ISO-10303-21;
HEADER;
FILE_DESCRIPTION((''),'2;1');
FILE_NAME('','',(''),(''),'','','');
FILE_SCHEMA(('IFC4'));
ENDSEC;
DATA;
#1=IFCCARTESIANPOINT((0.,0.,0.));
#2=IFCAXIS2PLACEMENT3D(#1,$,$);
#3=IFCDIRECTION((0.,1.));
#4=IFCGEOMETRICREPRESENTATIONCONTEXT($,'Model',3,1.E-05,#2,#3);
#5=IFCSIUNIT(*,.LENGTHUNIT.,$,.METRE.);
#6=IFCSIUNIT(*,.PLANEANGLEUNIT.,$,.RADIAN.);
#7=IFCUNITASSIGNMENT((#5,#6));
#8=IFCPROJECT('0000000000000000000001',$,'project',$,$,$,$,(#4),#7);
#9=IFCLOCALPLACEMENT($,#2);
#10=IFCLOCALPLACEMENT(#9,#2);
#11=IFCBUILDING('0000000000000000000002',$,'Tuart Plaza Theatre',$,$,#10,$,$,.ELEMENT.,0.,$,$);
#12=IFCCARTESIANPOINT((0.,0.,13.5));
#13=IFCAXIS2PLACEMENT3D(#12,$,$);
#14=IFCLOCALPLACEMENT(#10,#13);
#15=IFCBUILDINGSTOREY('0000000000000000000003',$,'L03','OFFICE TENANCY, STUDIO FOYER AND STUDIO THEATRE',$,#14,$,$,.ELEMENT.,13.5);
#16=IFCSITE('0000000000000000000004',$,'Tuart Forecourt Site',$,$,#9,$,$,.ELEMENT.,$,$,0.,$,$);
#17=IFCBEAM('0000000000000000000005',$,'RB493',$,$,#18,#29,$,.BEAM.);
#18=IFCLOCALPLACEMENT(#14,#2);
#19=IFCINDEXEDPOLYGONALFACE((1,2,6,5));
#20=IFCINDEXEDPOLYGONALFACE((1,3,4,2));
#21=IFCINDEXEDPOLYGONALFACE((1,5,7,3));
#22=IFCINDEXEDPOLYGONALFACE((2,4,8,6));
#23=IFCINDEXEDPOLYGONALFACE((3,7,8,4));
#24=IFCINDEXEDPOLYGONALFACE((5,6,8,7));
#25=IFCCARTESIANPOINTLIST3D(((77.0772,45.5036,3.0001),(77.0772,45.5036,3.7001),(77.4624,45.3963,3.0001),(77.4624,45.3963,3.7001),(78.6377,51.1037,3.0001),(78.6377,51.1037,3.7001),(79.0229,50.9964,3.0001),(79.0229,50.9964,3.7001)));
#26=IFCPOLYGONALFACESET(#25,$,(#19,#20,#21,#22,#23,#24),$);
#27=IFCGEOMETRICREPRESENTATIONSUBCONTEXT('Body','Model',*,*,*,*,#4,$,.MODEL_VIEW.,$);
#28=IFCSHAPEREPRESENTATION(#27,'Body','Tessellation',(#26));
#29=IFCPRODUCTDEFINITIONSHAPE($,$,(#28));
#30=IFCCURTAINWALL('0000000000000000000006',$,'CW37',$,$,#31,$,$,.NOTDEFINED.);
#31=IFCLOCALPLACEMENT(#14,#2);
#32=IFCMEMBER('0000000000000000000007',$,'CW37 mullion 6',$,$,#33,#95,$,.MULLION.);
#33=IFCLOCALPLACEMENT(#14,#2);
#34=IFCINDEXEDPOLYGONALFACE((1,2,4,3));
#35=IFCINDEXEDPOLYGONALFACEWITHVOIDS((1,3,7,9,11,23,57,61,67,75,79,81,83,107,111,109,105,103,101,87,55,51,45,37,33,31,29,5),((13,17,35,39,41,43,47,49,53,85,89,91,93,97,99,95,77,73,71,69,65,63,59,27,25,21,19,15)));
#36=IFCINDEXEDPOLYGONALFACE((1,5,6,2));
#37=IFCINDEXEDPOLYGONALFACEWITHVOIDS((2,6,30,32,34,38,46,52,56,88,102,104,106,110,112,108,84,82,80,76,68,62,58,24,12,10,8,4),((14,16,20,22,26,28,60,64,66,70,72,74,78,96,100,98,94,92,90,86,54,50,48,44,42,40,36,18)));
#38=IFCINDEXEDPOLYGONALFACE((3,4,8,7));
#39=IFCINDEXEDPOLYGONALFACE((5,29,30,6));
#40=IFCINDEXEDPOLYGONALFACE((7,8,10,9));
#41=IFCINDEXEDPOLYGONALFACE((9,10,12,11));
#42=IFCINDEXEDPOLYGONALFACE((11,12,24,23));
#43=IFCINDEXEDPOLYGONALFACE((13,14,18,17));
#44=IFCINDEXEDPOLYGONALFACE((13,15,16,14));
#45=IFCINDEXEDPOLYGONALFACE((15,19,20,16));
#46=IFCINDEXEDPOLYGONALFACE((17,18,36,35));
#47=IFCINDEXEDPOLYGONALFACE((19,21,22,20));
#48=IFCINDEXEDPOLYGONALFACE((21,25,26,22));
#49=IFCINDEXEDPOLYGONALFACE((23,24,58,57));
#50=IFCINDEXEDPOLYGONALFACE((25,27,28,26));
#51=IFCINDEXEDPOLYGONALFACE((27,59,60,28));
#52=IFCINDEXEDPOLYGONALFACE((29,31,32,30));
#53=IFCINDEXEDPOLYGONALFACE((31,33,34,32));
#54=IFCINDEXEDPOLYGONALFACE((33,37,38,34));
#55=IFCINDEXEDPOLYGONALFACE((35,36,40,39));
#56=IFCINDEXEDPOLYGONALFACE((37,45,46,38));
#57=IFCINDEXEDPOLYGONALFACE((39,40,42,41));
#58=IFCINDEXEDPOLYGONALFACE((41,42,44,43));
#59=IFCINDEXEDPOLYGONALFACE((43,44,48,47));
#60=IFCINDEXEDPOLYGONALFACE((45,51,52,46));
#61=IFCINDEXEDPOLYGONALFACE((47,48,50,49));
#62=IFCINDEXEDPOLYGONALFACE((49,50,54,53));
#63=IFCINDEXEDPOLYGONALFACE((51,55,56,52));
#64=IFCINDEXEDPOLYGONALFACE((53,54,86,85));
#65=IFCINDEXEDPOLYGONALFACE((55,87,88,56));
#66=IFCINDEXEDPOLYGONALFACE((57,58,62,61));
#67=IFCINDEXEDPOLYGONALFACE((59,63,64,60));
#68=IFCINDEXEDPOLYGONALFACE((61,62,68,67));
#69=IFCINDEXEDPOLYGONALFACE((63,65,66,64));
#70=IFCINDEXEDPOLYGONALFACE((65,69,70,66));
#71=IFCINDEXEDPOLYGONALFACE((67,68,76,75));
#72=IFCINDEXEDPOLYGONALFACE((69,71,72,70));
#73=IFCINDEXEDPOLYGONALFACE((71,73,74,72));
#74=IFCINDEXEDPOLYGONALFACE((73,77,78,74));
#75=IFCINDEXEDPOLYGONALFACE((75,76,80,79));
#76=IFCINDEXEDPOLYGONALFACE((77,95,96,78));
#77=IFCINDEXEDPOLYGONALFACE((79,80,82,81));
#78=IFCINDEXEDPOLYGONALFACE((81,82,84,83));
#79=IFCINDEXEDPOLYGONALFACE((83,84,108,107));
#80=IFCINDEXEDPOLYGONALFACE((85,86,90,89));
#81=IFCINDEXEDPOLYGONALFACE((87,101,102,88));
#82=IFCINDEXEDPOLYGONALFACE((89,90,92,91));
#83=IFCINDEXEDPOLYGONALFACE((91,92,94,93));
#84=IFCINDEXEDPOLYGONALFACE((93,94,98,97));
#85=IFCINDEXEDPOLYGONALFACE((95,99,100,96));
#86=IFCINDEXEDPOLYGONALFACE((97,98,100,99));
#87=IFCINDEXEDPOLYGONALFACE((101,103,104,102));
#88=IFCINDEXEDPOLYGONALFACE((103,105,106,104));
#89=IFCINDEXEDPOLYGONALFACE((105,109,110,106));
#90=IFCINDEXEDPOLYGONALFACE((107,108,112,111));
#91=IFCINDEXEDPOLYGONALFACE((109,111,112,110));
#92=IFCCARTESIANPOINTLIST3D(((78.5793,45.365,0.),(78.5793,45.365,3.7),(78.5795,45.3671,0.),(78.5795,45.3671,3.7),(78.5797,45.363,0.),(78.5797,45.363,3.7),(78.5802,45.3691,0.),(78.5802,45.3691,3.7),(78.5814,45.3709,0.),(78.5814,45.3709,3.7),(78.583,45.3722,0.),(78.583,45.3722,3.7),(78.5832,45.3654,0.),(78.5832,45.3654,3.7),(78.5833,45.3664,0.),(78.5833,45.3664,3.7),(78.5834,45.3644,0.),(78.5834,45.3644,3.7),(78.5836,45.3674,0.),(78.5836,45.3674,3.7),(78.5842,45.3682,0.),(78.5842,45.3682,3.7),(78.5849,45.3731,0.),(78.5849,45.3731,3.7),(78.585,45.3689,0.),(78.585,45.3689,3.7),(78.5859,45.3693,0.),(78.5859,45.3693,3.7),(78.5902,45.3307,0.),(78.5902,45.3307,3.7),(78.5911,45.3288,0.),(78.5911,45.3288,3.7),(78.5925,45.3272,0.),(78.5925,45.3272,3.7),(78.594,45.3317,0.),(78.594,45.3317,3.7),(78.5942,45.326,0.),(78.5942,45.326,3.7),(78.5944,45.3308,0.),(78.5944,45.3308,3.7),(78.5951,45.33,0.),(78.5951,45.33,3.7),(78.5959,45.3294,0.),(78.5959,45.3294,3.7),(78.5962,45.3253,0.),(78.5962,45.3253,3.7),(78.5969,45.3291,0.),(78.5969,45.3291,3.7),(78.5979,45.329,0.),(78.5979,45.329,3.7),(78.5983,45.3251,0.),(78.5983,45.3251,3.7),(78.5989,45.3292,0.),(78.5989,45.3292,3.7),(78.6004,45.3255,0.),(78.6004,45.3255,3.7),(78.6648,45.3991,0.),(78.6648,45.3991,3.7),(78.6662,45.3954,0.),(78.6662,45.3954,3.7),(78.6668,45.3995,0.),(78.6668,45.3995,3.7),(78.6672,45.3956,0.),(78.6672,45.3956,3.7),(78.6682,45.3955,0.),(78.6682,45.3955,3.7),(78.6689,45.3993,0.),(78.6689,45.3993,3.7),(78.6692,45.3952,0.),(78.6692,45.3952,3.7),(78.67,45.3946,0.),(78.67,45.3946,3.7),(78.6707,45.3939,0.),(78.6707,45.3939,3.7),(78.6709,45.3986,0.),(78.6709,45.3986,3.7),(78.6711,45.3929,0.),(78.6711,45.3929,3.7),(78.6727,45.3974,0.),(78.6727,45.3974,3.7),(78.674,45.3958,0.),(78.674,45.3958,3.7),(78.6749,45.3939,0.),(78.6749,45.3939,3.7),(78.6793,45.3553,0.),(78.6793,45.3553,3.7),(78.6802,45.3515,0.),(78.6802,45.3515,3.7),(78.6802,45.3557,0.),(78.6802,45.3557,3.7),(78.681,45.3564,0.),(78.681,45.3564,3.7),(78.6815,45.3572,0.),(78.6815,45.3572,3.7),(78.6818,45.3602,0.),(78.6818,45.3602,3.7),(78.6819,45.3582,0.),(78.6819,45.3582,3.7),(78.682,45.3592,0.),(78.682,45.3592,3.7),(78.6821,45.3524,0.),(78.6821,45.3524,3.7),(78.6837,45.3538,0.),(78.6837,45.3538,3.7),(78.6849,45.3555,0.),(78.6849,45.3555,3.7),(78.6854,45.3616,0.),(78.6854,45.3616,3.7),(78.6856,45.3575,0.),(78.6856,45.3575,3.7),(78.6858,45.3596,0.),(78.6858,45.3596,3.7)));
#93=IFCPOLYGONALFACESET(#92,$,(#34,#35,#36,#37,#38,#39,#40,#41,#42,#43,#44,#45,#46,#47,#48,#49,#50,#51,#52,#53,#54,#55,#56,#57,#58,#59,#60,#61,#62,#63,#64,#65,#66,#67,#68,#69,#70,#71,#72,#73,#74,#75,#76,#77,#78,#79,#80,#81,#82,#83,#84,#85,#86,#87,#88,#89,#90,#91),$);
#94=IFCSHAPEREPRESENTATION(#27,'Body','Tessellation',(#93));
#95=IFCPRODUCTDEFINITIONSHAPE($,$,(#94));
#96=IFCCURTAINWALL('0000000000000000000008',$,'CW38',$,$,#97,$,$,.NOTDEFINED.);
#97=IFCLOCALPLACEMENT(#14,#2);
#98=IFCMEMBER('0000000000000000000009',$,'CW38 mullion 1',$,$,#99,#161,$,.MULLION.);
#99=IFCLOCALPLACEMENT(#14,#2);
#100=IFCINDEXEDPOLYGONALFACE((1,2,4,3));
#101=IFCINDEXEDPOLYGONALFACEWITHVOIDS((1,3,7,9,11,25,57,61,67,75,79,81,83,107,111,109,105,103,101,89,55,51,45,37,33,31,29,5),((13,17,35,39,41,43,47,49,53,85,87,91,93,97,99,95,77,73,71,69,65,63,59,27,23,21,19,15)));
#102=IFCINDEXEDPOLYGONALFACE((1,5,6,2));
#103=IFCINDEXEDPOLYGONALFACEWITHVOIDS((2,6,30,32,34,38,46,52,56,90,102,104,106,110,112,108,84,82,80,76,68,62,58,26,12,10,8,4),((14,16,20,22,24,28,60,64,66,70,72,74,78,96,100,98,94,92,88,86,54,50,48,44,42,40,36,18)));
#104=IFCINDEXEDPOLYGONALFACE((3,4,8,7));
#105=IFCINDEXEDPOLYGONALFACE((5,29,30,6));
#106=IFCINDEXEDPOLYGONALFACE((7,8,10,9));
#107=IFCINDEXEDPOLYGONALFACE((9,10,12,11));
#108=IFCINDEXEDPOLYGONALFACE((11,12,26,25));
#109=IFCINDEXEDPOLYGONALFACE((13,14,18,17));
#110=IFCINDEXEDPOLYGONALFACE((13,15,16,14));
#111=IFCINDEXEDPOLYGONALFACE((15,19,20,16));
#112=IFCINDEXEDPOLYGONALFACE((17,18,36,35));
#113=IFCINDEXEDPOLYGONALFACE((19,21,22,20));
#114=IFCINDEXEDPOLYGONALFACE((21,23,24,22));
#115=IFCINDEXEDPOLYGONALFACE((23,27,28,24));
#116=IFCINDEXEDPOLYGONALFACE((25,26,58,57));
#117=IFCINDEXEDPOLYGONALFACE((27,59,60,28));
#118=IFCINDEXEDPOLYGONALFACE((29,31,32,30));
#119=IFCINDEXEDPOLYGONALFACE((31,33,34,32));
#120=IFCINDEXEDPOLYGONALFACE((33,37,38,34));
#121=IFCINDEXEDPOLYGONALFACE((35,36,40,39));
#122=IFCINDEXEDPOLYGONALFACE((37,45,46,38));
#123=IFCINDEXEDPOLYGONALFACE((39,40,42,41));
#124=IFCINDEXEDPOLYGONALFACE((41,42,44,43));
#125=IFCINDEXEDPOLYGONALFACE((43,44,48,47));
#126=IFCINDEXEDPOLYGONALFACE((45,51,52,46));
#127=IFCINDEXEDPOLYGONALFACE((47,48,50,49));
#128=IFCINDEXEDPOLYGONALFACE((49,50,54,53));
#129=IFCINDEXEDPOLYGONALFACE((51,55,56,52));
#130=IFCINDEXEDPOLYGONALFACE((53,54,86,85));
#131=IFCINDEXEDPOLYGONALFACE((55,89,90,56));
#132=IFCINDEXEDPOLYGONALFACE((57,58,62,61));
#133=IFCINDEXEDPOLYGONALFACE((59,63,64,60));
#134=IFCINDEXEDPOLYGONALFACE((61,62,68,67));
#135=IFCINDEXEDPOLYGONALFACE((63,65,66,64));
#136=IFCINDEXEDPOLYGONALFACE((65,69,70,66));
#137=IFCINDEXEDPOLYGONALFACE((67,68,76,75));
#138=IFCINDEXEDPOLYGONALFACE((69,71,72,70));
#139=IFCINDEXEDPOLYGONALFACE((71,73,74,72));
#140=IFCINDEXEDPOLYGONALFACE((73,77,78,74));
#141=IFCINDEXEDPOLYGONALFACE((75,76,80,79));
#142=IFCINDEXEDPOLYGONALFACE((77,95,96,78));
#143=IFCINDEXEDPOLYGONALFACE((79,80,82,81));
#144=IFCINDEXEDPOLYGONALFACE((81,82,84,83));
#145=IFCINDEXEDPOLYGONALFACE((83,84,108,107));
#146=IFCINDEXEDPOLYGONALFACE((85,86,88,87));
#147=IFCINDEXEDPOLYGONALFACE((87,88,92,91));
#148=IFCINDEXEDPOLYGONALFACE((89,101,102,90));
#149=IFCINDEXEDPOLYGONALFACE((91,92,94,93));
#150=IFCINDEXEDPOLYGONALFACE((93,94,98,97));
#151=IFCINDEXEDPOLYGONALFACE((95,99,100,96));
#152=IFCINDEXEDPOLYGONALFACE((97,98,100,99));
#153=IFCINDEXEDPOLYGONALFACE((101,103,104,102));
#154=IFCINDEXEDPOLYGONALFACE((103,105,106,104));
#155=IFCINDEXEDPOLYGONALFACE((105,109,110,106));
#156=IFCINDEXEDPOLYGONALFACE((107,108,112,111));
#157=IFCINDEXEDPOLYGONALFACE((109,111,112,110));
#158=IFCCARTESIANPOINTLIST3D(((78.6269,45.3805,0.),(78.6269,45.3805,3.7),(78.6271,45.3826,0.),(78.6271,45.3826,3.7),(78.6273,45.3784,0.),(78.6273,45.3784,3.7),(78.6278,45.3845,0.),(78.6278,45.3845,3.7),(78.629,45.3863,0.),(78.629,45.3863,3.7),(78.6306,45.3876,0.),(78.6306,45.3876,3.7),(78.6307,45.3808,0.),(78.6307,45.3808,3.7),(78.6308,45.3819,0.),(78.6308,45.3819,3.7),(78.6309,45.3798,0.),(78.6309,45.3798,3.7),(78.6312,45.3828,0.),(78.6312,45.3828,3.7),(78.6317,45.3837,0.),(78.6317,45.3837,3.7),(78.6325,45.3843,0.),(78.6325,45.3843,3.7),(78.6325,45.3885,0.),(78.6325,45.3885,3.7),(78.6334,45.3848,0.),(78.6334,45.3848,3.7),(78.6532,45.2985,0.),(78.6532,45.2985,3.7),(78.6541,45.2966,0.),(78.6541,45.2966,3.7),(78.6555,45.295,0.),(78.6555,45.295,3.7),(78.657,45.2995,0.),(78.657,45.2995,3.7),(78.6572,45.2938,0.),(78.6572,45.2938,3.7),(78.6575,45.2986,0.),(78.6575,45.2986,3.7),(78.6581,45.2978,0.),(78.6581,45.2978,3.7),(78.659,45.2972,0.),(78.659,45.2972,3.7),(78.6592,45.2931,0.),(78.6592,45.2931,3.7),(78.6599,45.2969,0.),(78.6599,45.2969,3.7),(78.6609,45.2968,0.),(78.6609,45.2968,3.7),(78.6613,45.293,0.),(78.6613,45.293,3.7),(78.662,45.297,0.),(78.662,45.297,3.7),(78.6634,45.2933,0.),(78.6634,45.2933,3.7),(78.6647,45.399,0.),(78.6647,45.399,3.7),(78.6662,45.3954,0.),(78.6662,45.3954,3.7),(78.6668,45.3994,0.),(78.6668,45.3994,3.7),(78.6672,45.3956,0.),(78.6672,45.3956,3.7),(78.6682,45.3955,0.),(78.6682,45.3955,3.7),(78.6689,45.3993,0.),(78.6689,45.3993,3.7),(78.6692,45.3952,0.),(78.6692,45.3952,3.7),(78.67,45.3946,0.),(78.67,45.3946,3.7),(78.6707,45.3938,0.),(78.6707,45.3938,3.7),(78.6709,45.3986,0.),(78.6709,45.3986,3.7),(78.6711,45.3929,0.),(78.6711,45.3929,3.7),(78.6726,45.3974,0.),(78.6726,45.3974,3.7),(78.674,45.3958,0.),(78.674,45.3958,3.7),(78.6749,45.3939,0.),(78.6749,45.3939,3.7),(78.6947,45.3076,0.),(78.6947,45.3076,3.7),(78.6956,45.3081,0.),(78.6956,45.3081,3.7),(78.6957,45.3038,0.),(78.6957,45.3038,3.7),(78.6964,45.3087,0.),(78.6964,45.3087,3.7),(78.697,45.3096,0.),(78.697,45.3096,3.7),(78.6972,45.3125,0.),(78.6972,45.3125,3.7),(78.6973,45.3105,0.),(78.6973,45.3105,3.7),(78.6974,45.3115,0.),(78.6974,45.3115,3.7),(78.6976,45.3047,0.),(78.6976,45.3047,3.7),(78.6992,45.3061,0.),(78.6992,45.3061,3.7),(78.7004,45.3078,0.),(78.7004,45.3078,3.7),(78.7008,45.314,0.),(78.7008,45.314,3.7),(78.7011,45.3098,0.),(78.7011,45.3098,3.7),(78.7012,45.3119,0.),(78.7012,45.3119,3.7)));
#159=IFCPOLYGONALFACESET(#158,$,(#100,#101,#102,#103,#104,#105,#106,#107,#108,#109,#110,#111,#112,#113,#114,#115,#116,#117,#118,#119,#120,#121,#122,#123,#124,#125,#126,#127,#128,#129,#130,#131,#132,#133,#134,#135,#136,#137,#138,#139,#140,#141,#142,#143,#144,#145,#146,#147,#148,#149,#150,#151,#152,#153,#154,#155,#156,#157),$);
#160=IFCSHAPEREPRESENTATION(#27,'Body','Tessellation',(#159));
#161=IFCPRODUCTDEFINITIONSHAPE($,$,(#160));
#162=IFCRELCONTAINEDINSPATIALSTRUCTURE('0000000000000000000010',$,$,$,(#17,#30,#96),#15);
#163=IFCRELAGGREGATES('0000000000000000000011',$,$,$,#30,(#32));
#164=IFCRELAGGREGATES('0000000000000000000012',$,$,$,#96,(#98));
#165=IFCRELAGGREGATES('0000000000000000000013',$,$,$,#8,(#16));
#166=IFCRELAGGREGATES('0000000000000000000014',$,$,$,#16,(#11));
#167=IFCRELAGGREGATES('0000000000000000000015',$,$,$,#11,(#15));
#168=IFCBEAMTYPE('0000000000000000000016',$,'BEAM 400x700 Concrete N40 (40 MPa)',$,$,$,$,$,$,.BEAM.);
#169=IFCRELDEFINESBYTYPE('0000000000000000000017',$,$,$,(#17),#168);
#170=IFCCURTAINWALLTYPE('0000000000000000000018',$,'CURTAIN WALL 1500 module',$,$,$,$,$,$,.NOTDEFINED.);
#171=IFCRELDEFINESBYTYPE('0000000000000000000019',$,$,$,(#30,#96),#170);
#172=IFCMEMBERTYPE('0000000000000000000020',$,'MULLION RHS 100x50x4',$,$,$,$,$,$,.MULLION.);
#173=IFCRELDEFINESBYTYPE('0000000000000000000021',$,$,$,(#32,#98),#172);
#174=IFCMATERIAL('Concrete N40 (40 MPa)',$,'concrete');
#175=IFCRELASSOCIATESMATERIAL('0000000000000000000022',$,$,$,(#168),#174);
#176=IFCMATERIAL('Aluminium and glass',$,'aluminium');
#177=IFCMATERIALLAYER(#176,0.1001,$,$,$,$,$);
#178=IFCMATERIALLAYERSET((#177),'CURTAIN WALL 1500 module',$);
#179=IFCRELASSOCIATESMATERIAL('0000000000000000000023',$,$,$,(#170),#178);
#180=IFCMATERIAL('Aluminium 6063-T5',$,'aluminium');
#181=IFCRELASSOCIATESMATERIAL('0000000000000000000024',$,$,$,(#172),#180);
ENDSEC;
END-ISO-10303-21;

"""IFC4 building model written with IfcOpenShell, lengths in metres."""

from ifc_helpers import new_model, si_unit, direction, frame, origin, origin_2d, place, context, subcontext, project, spatial, rectangle, hollow_rectangle, extrude, material, layer, layer_set, material_profile, profile_set, type_object, element, aggregate, save


model = new_model("IFC4")

# Units and contexts
model_context = context("Model", 3, precision=1e-05, world=origin(), true_north=direction((0.0, 1.0)))
body_context = subcontext(model_context, "Body", "Model", "MODEL_VIEW")
ifc_project = project(units=[si_unit("LENGTHUNIT", "METRE"), si_unit("PLANEANGLEUNIT", "RADIAN")], contexts=[model_context])

# Site, building, storey
site_placement = place(None, origin())
site = spatial("IfcSite", under=ifc_project, at=site_placement, Name="Tuart Forecourt Site", CompositionType="ELEMENT", RefElevation=0.0)
building_placement = place(site_placement, origin())
building = spatial("IfcBuilding", under=site, at=building_placement, Name="Tuart Plaza Theatre", CompositionType="ELEMENT", ElevationOfRefHeight=0.0)
storey_placement = place(building_placement, frame((0.0, 0.0, 13.5)))
storey = spatial("IfcBuildingStorey", under=building, at=storey_placement, Name="L03", Description="OFFICE TENANCY, STUDIO FOYER AND STUDIO THEATRE", CompositionType="ELEMENT", Elevation=13.5)

# Beam
ifc_material_1 = material(Name="Concrete N40 (40 MPa)", Category="concrete")
ifc_material_profile_1 = material_profile(ifc_material_1, rectangle(XDim=0.3999, YDim=0.7, at=origin_2d()), Name="BEAM 400x700 Concrete N40 (40 MPa)")
ifc_profile_set_1 = profile_set([ifc_material_profile_1], Name="Concrete N40 (40 MPa)")
beam_type = type_object("IfcBeamType", Name="BEAM 400x700 Concrete N40 (40 MPa)", PredefinedType="BEAM", material=ifc_profile_set_1)
beam_placement = place(storey_placement, frame((77.2698, 45.45, 3.3501), z_axis=(0.268437, 0.963297, 0.0), x_axis=(-0.963297, 0.268437, 0.0)))
element("IfcBeam", 1, at=beam_placement, inside=storey, type_object=beam_type, Name="RB493", PredefinedType="BEAM", context=body_context, shape_type="SweptSolid", body=[
    extrude(rectangle(XDim=0.3999, YDim=0.7, at=origin_2d()), origin(), (0.0, 0.0, 1.0), 5.8135),
])

# Curtain wall, member
ifc_material_2 = material(Name="Aluminium and glass", Category="aluminium")
ifc_layer_1 = layer(ifc_material_2, 0.1001)
ifc_layer_set_1 = layer_set([ifc_layer_1], Name="CURTAIN WALL 1500 module")
curtain_wall_type = type_object("IfcCurtainWallType", Name="CURTAIN WALL 1500 module", PredefinedType="NOTDEFINED", material=ifc_layer_set_1)
curtain_wall_1_placement = place(storey_placement, origin())
curtain_wall_1 = element("IfcCurtainWall", 2, at=curtain_wall_1_placement, inside=storey, type_object=curtain_wall_type, Name="CW37", PredefinedType="NOTDEFINED")
ifc_material_3 = material(Name="Aluminium 6063-T5", Category="aluminium")
ifc_material_profile_2 = material_profile(ifc_material_3, hollow_rectangle(XDim=0.05, YDim=0.1001, WallThickness=0.0039, InnerFilletRadius=0.0039, OuterFilletRadius=0.0081, at=origin_2d()), Name="RHS 100x50x4")
ifc_profile_set_2 = profile_set([ifc_material_profile_2], Name="Aluminium 6063-T5")
member_type_1 = type_object("IfcMemberType", Name="MULLION RHS 100x50x4", PredefinedType="MULLION", material=ifc_profile_set_2)
member_1_placement = place(storey_placement, frame((78.6326, 45.3623, 0.0), z_axis=(0.0, 0.0, 1.0), x_axis=(-0.308986, 0.951067, 0.0)))
member_1 = element("IfcMember", 3, at=member_1_placement, type_object=member_type_1, Name="CW37 mullion 6", PredefinedType="MULLION", context=body_context, shape_type="SweptSolid", body=[
    extrude(hollow_rectangle(XDim=0.05, YDim=0.1001, WallThickness=0.0039, InnerFilletRadius=0.0039, OuterFilletRadius=0.0081, at=origin_2d()), origin(), (0.0, 0.0, 1.0), 3.7),
])

# Curtain wall, member
curtain_wall_2_placement = place(storey_placement, origin())
curtain_wall_2 = element("IfcCurtainWall", 4, at=curtain_wall_2_placement, inside=storey, type_object=curtain_wall_type, Name="CW38", PredefinedType="NOTDEFINED")
member_2_placement = place(storey_placement, frame((78.6641, 45.3462, 0.0), z_axis=(0.0, 0.0, 1.0), x_axis=(0.951056, 0.309018, 0.0)))
member_2 = element("IfcMember", 5, at=member_2_placement, type_object=member_type_1, Name="CW38 mullion 1", PredefinedType="MULLION", context=body_context, shape_type="SweptSolid", body=[
    extrude(hollow_rectangle(XDim=0.05, YDim=0.1001, WallThickness=0.0039, InnerFilletRadius=0.0039, OuterFilletRadius=0.0081, at=origin_2d()), origin(), (0.0, 0.0, 1.0), 3.7),
])

aggregate(curtain_wall_1, [member_1])
aggregate(curtain_wall_2, [member_2])

save(model, "model.ifc")
